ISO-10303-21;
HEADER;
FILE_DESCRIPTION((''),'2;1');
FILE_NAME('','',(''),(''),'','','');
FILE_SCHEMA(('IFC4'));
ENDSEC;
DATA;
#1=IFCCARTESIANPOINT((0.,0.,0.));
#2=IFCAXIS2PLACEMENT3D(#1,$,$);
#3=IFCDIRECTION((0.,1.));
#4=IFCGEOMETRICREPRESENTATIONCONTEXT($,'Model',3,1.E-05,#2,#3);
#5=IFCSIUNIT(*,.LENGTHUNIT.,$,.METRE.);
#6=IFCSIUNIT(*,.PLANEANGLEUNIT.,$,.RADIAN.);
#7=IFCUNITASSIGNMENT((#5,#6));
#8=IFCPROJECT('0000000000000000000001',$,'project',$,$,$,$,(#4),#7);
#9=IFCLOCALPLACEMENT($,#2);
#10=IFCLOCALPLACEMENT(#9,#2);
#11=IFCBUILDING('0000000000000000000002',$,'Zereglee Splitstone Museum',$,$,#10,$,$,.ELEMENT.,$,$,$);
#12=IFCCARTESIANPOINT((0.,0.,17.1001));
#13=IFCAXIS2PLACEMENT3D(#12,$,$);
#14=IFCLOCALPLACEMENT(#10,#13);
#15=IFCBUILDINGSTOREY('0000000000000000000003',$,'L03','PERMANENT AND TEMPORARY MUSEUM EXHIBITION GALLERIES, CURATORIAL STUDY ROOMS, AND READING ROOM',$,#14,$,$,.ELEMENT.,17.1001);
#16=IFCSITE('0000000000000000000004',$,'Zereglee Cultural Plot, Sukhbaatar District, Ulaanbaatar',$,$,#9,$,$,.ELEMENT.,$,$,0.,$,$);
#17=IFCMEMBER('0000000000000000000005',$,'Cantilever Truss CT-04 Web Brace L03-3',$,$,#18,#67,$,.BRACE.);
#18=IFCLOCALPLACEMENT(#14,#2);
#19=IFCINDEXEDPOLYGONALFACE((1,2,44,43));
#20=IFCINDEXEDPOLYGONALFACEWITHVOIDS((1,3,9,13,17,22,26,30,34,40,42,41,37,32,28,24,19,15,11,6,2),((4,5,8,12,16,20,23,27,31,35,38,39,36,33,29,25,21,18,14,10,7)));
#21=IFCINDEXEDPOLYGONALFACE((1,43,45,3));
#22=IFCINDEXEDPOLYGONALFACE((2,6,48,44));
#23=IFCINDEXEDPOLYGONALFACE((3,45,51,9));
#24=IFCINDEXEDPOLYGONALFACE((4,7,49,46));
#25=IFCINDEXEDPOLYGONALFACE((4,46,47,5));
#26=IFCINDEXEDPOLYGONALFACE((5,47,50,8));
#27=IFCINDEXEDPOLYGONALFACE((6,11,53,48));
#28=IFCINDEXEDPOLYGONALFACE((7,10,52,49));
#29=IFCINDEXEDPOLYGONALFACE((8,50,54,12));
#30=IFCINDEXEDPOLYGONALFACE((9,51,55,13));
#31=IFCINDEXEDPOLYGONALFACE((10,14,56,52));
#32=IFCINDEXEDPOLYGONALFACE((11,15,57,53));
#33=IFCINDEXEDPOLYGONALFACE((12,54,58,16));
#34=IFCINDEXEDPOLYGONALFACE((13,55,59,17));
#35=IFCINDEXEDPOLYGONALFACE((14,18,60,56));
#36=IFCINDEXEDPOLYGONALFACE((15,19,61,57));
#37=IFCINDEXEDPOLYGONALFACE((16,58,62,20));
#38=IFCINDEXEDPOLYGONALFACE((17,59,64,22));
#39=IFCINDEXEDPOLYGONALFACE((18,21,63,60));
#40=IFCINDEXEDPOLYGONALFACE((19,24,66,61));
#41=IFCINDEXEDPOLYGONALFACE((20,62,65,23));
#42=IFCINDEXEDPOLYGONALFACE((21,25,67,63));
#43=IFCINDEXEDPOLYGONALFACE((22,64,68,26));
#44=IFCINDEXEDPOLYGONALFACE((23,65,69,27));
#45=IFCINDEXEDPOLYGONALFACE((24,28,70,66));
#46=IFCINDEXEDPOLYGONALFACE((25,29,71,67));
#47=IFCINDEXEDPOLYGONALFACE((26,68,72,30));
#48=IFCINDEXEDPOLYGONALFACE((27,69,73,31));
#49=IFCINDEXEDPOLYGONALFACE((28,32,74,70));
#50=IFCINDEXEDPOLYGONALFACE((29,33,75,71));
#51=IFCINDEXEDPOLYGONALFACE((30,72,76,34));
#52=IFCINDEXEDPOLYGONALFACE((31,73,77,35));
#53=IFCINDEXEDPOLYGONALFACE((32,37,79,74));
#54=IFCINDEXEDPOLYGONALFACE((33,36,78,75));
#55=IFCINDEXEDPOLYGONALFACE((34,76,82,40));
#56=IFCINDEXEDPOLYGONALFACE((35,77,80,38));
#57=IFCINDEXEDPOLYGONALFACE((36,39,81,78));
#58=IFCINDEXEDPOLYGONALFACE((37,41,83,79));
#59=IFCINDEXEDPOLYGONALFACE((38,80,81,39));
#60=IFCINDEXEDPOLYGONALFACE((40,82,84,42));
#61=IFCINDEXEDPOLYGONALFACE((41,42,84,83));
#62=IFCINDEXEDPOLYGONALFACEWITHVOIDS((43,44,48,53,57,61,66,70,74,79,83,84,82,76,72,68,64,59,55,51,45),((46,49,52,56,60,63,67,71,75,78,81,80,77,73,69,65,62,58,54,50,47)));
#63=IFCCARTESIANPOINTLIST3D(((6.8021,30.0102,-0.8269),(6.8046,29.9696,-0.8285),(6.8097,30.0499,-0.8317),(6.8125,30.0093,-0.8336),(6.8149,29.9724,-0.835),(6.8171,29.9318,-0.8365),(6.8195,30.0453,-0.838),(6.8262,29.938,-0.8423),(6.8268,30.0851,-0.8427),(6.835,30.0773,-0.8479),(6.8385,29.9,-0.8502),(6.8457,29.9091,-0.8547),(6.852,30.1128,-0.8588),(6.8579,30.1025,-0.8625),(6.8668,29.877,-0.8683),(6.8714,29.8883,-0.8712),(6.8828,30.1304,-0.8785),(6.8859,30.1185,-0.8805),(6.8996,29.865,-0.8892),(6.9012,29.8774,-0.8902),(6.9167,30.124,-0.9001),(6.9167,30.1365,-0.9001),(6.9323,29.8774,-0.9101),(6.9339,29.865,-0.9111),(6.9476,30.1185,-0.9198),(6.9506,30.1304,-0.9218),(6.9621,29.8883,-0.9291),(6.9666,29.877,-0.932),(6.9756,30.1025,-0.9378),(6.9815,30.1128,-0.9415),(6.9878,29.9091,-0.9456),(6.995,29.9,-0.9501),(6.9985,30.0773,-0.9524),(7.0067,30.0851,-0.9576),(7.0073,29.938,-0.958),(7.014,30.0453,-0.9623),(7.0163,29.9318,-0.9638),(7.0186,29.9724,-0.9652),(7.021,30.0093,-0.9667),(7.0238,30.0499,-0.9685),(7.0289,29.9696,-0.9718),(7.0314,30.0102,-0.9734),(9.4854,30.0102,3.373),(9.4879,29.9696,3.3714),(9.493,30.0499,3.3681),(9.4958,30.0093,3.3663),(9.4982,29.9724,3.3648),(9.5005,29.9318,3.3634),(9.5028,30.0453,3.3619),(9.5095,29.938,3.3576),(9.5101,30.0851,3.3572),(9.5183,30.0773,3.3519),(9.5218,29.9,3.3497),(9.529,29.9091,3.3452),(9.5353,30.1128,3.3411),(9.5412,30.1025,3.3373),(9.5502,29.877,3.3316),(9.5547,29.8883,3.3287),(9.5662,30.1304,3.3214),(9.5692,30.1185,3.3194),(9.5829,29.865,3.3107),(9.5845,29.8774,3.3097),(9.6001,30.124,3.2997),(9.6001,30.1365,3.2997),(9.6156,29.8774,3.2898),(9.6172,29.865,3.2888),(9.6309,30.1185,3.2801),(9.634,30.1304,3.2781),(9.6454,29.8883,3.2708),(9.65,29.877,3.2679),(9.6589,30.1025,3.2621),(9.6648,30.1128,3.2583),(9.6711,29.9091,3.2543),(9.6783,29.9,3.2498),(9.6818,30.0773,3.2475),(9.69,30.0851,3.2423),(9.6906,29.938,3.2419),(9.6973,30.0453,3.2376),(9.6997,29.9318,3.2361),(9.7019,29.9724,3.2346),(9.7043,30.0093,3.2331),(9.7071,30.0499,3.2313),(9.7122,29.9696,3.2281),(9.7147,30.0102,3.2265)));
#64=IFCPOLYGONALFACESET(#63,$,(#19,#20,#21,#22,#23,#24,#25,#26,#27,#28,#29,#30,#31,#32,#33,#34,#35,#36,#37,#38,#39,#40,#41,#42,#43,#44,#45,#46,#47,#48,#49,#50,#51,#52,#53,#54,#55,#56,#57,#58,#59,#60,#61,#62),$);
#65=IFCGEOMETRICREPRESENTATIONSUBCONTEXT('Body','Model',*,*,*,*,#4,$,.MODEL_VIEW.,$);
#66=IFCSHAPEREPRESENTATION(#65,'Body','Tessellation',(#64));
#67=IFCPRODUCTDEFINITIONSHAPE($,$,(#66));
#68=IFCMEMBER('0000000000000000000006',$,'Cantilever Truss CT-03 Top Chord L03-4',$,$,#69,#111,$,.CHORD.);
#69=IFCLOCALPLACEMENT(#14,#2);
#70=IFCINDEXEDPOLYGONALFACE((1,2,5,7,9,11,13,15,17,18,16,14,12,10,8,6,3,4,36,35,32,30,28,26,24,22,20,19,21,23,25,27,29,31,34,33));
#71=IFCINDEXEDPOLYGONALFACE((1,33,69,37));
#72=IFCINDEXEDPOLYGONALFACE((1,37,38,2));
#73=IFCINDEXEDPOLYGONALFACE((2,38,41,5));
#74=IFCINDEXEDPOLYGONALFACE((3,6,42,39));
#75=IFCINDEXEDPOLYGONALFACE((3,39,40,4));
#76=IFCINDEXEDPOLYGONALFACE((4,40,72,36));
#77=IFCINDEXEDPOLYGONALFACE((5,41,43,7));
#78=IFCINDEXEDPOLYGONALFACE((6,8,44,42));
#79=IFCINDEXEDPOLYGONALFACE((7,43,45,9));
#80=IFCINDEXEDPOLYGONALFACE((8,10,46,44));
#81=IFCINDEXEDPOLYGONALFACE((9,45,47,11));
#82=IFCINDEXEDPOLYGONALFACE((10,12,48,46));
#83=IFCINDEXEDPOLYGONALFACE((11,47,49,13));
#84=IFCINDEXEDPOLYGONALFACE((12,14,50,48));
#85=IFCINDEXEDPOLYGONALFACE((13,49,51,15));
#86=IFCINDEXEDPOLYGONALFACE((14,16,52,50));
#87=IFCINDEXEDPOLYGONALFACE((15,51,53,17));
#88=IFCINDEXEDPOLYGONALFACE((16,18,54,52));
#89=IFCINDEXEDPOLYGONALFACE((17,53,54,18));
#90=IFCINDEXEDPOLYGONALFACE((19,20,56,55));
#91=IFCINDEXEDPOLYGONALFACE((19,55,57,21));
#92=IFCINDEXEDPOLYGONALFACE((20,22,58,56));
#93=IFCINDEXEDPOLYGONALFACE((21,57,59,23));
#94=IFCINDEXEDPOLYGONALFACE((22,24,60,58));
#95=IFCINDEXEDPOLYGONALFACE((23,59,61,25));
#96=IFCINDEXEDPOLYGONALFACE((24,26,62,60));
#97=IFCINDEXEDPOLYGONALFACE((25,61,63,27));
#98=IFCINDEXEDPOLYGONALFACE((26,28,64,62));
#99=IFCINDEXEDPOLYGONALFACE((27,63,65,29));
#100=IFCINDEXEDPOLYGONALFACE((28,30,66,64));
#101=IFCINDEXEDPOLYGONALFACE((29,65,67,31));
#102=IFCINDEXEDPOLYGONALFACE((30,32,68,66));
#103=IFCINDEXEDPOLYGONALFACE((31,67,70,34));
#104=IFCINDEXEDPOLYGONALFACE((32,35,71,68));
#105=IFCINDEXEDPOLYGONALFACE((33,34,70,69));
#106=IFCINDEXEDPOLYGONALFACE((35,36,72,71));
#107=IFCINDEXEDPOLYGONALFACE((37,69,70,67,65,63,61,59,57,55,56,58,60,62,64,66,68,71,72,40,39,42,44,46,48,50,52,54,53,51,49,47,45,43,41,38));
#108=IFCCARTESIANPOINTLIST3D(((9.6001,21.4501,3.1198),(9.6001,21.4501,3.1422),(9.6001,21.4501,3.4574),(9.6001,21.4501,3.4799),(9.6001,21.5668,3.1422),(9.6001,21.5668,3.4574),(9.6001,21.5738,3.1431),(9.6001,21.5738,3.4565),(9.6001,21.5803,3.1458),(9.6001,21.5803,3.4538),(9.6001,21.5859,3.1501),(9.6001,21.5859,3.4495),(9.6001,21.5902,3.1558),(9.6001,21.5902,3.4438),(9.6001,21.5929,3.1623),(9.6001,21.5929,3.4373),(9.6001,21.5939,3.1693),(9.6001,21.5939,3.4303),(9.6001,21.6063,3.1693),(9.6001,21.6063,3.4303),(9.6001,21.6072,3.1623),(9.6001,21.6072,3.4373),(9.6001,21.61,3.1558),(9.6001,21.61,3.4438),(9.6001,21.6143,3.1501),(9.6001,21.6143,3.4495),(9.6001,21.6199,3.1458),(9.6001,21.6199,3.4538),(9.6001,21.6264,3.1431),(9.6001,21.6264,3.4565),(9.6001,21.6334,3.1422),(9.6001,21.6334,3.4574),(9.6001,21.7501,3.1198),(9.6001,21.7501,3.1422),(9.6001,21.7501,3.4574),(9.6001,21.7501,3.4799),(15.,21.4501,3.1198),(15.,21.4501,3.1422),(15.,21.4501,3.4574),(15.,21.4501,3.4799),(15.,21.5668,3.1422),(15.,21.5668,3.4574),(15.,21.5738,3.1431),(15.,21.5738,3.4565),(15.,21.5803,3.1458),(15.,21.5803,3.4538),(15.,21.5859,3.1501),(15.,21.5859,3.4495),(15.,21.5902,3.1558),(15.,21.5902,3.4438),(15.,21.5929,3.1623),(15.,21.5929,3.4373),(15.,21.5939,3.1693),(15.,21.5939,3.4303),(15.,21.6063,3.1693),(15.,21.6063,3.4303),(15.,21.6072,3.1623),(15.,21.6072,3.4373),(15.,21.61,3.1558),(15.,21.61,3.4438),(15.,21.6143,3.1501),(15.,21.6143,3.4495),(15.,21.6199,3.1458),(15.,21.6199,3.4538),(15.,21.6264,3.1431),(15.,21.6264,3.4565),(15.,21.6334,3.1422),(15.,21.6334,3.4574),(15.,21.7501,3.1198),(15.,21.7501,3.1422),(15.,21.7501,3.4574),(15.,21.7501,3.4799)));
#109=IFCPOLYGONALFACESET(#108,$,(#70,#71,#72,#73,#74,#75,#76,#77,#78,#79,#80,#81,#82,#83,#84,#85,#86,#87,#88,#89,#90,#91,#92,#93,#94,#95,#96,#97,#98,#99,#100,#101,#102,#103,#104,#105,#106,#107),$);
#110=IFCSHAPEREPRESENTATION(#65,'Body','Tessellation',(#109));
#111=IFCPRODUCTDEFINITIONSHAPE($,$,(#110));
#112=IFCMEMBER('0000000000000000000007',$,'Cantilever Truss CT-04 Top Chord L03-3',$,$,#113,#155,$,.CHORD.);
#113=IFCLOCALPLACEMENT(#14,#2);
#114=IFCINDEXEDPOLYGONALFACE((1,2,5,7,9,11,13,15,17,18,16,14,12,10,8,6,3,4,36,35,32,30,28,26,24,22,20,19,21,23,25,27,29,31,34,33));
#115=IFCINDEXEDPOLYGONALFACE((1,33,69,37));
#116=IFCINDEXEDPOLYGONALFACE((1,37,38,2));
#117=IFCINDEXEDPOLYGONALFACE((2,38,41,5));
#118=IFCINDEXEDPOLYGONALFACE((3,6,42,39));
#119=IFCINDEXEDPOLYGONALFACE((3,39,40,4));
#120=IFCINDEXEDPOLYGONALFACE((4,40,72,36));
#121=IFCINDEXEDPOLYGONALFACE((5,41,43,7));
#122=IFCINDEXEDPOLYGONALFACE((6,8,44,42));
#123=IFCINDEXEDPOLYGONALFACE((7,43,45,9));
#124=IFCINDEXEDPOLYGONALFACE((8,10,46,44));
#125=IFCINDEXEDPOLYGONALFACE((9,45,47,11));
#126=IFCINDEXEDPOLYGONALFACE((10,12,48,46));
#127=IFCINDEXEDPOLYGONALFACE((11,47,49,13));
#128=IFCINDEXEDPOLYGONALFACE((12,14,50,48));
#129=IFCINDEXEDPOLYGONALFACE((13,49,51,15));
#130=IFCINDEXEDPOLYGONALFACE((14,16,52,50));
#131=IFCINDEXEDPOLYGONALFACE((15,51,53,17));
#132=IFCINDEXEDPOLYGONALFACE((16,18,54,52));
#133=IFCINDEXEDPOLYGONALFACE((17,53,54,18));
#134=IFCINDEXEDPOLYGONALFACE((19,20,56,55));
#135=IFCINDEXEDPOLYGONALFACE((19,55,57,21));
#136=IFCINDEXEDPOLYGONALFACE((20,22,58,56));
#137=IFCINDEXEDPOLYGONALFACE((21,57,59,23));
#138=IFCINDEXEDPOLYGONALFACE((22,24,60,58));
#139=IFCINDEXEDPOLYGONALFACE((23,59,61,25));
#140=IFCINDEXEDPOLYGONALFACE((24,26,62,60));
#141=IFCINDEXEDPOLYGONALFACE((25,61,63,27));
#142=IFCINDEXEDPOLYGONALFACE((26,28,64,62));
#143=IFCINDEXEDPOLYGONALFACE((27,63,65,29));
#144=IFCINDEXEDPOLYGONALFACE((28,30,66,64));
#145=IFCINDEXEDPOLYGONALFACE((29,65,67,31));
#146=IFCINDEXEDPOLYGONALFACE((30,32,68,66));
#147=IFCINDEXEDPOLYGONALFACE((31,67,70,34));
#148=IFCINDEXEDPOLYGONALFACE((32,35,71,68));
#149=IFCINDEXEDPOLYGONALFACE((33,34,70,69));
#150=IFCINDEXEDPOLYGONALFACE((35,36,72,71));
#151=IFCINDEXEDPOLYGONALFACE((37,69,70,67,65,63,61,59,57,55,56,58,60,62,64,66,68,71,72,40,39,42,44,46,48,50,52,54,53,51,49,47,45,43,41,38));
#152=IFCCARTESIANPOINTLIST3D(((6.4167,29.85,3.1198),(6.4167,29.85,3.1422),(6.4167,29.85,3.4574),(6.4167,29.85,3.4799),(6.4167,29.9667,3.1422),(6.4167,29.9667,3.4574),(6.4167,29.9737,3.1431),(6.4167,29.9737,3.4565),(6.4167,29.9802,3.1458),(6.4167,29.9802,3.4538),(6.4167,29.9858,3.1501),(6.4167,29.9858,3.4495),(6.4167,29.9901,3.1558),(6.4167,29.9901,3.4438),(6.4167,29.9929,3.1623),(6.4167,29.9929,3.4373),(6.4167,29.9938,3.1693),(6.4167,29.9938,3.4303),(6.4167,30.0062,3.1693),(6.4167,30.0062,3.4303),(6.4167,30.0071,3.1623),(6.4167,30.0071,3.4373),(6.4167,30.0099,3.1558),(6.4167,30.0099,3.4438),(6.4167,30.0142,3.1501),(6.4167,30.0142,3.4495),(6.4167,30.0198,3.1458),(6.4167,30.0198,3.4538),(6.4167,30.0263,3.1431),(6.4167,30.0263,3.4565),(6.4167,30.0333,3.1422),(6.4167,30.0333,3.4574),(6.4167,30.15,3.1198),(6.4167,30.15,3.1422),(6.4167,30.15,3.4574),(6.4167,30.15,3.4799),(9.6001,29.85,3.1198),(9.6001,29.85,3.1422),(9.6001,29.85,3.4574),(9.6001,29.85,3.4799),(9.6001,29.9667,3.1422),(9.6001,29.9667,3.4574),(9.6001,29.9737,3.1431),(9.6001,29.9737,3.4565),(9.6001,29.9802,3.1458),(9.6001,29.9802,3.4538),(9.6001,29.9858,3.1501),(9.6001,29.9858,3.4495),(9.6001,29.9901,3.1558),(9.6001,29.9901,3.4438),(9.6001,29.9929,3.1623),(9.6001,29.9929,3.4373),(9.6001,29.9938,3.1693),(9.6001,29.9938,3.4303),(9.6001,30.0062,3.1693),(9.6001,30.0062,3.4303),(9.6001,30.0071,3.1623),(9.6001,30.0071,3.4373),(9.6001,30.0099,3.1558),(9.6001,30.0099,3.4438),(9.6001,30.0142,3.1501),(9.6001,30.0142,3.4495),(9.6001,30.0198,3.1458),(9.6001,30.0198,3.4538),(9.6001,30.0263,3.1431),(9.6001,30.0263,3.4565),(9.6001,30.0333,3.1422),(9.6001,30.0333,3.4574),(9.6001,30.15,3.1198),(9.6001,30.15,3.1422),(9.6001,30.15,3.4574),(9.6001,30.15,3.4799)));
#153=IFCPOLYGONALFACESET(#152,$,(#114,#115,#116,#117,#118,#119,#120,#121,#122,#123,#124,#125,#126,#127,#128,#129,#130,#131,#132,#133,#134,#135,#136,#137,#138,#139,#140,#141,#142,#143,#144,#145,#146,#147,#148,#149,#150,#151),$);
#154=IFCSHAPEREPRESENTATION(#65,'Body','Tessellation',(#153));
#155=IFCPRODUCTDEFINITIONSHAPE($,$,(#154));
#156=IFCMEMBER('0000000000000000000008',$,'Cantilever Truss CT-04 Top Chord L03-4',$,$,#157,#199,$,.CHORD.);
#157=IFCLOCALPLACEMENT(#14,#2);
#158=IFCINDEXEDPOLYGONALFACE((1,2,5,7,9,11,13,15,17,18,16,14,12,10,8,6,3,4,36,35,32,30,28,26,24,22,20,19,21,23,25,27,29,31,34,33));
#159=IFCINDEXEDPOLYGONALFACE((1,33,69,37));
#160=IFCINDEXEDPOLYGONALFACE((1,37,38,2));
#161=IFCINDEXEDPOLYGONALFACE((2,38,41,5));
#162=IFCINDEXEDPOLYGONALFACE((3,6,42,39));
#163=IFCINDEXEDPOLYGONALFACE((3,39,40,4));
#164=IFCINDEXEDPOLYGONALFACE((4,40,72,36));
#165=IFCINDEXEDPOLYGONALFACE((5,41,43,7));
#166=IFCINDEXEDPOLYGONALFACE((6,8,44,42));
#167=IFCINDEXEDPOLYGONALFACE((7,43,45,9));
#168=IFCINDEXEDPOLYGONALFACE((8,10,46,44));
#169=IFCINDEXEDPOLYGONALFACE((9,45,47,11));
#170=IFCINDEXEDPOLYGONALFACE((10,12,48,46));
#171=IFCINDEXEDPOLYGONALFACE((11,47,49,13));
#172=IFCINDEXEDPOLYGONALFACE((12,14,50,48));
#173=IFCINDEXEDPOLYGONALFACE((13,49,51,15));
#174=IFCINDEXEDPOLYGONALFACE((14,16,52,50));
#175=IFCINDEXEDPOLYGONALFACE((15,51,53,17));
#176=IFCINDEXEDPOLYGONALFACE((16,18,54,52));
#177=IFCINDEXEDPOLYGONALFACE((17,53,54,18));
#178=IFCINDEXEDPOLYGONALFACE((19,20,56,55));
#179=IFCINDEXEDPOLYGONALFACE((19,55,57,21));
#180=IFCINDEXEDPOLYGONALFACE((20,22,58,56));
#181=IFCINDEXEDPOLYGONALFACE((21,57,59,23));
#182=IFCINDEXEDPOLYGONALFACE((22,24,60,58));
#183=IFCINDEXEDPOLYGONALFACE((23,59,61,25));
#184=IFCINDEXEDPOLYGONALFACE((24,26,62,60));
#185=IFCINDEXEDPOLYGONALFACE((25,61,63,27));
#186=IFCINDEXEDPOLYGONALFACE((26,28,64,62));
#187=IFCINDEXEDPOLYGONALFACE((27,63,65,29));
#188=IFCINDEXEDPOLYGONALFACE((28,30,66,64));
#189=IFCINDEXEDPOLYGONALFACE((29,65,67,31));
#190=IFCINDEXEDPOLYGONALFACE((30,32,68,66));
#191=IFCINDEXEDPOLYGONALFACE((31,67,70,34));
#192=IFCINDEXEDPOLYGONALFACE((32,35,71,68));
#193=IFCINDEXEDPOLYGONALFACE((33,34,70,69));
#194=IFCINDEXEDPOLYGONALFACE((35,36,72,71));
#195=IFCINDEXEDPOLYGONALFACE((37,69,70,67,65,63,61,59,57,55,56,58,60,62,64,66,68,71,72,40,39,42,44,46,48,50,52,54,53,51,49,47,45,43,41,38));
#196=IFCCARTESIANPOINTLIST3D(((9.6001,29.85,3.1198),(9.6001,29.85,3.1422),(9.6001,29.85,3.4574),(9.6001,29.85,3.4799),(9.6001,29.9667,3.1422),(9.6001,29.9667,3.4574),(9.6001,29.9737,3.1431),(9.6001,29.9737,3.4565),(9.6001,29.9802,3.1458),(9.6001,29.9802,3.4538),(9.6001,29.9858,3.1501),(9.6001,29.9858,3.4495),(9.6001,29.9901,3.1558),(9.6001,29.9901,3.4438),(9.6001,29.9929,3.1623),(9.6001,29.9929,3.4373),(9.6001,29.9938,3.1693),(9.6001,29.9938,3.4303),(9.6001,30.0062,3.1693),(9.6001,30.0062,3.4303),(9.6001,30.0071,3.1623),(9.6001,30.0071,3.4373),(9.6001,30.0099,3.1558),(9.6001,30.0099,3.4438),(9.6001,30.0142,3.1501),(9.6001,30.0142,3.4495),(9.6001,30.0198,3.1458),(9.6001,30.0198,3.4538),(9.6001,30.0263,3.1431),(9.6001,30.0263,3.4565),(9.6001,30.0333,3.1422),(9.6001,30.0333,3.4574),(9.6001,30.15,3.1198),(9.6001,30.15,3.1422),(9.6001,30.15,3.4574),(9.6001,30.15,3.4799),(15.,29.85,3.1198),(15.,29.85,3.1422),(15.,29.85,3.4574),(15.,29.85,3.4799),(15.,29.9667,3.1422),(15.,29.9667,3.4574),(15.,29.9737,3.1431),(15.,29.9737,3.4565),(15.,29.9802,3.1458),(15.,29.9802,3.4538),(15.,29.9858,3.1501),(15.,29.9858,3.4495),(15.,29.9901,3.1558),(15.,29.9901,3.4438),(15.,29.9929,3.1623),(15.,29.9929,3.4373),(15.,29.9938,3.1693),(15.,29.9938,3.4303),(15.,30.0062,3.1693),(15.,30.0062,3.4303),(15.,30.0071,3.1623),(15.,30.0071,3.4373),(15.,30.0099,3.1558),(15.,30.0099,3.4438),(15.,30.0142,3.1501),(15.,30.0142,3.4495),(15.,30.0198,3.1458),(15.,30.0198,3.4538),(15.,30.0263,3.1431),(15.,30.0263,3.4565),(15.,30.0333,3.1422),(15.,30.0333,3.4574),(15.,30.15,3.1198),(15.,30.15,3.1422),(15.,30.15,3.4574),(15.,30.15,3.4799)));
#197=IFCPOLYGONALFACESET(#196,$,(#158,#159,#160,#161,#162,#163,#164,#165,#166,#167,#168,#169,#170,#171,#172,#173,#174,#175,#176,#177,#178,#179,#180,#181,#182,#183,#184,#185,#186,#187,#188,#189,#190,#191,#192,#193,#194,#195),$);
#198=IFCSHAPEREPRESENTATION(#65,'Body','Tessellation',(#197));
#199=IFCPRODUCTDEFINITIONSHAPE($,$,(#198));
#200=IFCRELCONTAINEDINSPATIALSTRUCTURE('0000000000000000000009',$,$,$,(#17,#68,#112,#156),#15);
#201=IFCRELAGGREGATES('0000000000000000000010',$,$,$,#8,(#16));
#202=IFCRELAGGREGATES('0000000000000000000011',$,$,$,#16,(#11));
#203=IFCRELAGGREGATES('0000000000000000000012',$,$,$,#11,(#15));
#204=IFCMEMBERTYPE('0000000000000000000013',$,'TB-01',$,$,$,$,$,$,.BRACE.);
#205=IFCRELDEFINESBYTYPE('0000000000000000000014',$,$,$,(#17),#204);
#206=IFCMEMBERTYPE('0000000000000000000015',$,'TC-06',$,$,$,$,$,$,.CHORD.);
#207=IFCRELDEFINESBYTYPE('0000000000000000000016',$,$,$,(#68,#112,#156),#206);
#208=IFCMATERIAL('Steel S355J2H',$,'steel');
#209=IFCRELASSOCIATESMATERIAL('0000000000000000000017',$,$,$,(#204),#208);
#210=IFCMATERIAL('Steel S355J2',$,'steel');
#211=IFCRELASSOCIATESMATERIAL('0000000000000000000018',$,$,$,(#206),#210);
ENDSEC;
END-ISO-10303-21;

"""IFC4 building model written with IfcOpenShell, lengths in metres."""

from ifc_helpers import new_model, si_unit, direction, frame, origin, origin_2d, place, context, subcontext, project, spatial, hollow_circle, i_section, extrude, material, material_profile, profile_set, type_object, element, save


model = new_model("IFC4")

# Units and contexts
model_context = context("Model", 3, precision=1e-05, world=origin(), true_north=direction((0.0, 1.0)))
body_context = subcontext(model_context, "Body", "Model", "MODEL_VIEW")
ifc_project = project(units=[si_unit("LENGTHUNIT", "METRE"), si_unit("PLANEANGLEUNIT", "RADIAN")], contexts=[model_context])

# Site, building, storey
site_placement = place(None, origin())
site = spatial("IfcSite", under=ifc_project, at=site_placement, Name="Zereglee Cultural Plot, Sukhbaatar District, Ulaanbaatar", CompositionType="ELEMENT", RefElevation=0.0)
building_placement = place(site_placement, origin())
building = spatial("IfcBuilding", under=site, at=building_placement, Name="Zereglee Splitstone Museum", CompositionType="ELEMENT")
storey_placement = place(building_placement, frame((0.0, 0.0, 17.1001)))
storey = spatial("IfcBuildingStorey", under=building, at=storey_placement, Name="L03", Description="PERMANENT AND TEMPORARY MUSEUM EXHIBITION GALLERIES, CURATORIAL STUDY ROOMS, AND READING ROOM", CompositionType="ELEMENT", Elevation=17.1001)

# Members
ifc_material_1 = material(Name="Steel S355J2H", Category="steel")
ifc_material_profile_1 = material_profile(ifc_material_1, hollow_circle(Radius=0.1365, WallThickness=0.0125, at=origin_2d()), Name="CHS 273.0x12.5")
ifc_profile_set_1 = profile_set([ifc_material_profile_1], Name="Steel S355J2H")
member_type_1 = type_object("IfcMemberType", Name="TB-01", PredefinedType="BRACE", material=ifc_profile_set_1)
for number, where, z_axis, x_axis, name in (
    (1, (6.9167, 30.0, -0.9001), (0.538396, 0.0, 0.842692), (0.0, 1.0, 0.0), "Cantilever Truss CT-04 Web Brace L03-3"),
):
    element("IfcMember", number, at=place(storey_placement, frame(where, z_axis=z_axis, x_axis=x_axis)), inside=storey, type_object=member_type_1, Name=name, PredefinedType="BRACE", context=body_context, shape_type="SweptSolid", body=[
        extrude(hollow_circle(Radius=0.1365, WallThickness=0.0125, at=origin_2d()), origin(), (0.0, 0.0, 1.0), 4.9839),
    ])
ifc_material_2 = material(Name="Steel S355J2", Category="steel")
ifc_material_profile_2 = material_profile(ifc_material_2, i_section(OverallWidth=0.3, OverallDepth=0.3601, WebThickness=0.0125, FlangeThickness=0.0225, FilletRadius=0.0271, at=origin_2d()), Name="HE 360 B")
ifc_profile_set_2 = profile_set([ifc_material_profile_2], Name="Steel S355J2")
member_type_2 = type_object("IfcMemberType", Name="TC-06", PredefinedType="CHORD", material=ifc_profile_set_2)
member_1_placement = place(storey_placement, frame((9.6001, 21.6001, 3.2998), z_axis=(1.0, 0.0, 0.0), x_axis=(0.0, 1.0, 0.0)))
element("IfcMember", 2, at=member_1_placement, inside=storey, type_object=member_type_2, Name="Cantilever Truss CT-03 Top Chord L03-4", PredefinedType="CHORD", context=body_context, shape_type="SweptSolid", body=[
    extrude(i_section(OverallWidth=0.3, OverallDepth=0.3601, WebThickness=0.0125, FlangeThickness=0.0225, FilletRadius=0.0271, at=origin_2d()), origin(), (0.0, 0.0, 1.0), 5.3999),
])
member_2_placement = place(storey_placement, frame((6.4167, 30.0, 3.2998), z_axis=(1.0, 0.0, 0.0), x_axis=(0.0, 1.0, 0.0)))
element("IfcMember", 3, at=member_2_placement, inside=storey, type_object=member_type_2, Name="Cantilever Truss CT-04 Top Chord L03-3", PredefinedType="CHORD", context=body_context, shape_type="SweptSolid", body=[
    extrude(i_section(OverallWidth=0.3, OverallDepth=0.3601, WebThickness=0.0125, FlangeThickness=0.0225, FilletRadius=0.0271, at=origin_2d()), origin(), (0.0, 0.0, 1.0), 3.1833),
])
member_3_placement = place(storey_placement, frame((9.6001, 30.0, 3.2998), z_axis=(1.0, 0.0, 0.0), x_axis=(0.0, 1.0, 0.0)))
element("IfcMember", 4, at=member_3_placement, inside=storey, type_object=member_type_2, Name="Cantilever Truss CT-04 Top Chord L03-4", PredefinedType="CHORD", context=body_context, shape_type="SweptSolid", body=[
    extrude(i_section(OverallWidth=0.3, OverallDepth=0.3601, WebThickness=0.0125, FlangeThickness=0.0225, FilletRadius=0.0271, at=origin_2d()), origin(), (0.0, 0.0, 1.0), 5.3999),
])

save(model, "model.ifc")
